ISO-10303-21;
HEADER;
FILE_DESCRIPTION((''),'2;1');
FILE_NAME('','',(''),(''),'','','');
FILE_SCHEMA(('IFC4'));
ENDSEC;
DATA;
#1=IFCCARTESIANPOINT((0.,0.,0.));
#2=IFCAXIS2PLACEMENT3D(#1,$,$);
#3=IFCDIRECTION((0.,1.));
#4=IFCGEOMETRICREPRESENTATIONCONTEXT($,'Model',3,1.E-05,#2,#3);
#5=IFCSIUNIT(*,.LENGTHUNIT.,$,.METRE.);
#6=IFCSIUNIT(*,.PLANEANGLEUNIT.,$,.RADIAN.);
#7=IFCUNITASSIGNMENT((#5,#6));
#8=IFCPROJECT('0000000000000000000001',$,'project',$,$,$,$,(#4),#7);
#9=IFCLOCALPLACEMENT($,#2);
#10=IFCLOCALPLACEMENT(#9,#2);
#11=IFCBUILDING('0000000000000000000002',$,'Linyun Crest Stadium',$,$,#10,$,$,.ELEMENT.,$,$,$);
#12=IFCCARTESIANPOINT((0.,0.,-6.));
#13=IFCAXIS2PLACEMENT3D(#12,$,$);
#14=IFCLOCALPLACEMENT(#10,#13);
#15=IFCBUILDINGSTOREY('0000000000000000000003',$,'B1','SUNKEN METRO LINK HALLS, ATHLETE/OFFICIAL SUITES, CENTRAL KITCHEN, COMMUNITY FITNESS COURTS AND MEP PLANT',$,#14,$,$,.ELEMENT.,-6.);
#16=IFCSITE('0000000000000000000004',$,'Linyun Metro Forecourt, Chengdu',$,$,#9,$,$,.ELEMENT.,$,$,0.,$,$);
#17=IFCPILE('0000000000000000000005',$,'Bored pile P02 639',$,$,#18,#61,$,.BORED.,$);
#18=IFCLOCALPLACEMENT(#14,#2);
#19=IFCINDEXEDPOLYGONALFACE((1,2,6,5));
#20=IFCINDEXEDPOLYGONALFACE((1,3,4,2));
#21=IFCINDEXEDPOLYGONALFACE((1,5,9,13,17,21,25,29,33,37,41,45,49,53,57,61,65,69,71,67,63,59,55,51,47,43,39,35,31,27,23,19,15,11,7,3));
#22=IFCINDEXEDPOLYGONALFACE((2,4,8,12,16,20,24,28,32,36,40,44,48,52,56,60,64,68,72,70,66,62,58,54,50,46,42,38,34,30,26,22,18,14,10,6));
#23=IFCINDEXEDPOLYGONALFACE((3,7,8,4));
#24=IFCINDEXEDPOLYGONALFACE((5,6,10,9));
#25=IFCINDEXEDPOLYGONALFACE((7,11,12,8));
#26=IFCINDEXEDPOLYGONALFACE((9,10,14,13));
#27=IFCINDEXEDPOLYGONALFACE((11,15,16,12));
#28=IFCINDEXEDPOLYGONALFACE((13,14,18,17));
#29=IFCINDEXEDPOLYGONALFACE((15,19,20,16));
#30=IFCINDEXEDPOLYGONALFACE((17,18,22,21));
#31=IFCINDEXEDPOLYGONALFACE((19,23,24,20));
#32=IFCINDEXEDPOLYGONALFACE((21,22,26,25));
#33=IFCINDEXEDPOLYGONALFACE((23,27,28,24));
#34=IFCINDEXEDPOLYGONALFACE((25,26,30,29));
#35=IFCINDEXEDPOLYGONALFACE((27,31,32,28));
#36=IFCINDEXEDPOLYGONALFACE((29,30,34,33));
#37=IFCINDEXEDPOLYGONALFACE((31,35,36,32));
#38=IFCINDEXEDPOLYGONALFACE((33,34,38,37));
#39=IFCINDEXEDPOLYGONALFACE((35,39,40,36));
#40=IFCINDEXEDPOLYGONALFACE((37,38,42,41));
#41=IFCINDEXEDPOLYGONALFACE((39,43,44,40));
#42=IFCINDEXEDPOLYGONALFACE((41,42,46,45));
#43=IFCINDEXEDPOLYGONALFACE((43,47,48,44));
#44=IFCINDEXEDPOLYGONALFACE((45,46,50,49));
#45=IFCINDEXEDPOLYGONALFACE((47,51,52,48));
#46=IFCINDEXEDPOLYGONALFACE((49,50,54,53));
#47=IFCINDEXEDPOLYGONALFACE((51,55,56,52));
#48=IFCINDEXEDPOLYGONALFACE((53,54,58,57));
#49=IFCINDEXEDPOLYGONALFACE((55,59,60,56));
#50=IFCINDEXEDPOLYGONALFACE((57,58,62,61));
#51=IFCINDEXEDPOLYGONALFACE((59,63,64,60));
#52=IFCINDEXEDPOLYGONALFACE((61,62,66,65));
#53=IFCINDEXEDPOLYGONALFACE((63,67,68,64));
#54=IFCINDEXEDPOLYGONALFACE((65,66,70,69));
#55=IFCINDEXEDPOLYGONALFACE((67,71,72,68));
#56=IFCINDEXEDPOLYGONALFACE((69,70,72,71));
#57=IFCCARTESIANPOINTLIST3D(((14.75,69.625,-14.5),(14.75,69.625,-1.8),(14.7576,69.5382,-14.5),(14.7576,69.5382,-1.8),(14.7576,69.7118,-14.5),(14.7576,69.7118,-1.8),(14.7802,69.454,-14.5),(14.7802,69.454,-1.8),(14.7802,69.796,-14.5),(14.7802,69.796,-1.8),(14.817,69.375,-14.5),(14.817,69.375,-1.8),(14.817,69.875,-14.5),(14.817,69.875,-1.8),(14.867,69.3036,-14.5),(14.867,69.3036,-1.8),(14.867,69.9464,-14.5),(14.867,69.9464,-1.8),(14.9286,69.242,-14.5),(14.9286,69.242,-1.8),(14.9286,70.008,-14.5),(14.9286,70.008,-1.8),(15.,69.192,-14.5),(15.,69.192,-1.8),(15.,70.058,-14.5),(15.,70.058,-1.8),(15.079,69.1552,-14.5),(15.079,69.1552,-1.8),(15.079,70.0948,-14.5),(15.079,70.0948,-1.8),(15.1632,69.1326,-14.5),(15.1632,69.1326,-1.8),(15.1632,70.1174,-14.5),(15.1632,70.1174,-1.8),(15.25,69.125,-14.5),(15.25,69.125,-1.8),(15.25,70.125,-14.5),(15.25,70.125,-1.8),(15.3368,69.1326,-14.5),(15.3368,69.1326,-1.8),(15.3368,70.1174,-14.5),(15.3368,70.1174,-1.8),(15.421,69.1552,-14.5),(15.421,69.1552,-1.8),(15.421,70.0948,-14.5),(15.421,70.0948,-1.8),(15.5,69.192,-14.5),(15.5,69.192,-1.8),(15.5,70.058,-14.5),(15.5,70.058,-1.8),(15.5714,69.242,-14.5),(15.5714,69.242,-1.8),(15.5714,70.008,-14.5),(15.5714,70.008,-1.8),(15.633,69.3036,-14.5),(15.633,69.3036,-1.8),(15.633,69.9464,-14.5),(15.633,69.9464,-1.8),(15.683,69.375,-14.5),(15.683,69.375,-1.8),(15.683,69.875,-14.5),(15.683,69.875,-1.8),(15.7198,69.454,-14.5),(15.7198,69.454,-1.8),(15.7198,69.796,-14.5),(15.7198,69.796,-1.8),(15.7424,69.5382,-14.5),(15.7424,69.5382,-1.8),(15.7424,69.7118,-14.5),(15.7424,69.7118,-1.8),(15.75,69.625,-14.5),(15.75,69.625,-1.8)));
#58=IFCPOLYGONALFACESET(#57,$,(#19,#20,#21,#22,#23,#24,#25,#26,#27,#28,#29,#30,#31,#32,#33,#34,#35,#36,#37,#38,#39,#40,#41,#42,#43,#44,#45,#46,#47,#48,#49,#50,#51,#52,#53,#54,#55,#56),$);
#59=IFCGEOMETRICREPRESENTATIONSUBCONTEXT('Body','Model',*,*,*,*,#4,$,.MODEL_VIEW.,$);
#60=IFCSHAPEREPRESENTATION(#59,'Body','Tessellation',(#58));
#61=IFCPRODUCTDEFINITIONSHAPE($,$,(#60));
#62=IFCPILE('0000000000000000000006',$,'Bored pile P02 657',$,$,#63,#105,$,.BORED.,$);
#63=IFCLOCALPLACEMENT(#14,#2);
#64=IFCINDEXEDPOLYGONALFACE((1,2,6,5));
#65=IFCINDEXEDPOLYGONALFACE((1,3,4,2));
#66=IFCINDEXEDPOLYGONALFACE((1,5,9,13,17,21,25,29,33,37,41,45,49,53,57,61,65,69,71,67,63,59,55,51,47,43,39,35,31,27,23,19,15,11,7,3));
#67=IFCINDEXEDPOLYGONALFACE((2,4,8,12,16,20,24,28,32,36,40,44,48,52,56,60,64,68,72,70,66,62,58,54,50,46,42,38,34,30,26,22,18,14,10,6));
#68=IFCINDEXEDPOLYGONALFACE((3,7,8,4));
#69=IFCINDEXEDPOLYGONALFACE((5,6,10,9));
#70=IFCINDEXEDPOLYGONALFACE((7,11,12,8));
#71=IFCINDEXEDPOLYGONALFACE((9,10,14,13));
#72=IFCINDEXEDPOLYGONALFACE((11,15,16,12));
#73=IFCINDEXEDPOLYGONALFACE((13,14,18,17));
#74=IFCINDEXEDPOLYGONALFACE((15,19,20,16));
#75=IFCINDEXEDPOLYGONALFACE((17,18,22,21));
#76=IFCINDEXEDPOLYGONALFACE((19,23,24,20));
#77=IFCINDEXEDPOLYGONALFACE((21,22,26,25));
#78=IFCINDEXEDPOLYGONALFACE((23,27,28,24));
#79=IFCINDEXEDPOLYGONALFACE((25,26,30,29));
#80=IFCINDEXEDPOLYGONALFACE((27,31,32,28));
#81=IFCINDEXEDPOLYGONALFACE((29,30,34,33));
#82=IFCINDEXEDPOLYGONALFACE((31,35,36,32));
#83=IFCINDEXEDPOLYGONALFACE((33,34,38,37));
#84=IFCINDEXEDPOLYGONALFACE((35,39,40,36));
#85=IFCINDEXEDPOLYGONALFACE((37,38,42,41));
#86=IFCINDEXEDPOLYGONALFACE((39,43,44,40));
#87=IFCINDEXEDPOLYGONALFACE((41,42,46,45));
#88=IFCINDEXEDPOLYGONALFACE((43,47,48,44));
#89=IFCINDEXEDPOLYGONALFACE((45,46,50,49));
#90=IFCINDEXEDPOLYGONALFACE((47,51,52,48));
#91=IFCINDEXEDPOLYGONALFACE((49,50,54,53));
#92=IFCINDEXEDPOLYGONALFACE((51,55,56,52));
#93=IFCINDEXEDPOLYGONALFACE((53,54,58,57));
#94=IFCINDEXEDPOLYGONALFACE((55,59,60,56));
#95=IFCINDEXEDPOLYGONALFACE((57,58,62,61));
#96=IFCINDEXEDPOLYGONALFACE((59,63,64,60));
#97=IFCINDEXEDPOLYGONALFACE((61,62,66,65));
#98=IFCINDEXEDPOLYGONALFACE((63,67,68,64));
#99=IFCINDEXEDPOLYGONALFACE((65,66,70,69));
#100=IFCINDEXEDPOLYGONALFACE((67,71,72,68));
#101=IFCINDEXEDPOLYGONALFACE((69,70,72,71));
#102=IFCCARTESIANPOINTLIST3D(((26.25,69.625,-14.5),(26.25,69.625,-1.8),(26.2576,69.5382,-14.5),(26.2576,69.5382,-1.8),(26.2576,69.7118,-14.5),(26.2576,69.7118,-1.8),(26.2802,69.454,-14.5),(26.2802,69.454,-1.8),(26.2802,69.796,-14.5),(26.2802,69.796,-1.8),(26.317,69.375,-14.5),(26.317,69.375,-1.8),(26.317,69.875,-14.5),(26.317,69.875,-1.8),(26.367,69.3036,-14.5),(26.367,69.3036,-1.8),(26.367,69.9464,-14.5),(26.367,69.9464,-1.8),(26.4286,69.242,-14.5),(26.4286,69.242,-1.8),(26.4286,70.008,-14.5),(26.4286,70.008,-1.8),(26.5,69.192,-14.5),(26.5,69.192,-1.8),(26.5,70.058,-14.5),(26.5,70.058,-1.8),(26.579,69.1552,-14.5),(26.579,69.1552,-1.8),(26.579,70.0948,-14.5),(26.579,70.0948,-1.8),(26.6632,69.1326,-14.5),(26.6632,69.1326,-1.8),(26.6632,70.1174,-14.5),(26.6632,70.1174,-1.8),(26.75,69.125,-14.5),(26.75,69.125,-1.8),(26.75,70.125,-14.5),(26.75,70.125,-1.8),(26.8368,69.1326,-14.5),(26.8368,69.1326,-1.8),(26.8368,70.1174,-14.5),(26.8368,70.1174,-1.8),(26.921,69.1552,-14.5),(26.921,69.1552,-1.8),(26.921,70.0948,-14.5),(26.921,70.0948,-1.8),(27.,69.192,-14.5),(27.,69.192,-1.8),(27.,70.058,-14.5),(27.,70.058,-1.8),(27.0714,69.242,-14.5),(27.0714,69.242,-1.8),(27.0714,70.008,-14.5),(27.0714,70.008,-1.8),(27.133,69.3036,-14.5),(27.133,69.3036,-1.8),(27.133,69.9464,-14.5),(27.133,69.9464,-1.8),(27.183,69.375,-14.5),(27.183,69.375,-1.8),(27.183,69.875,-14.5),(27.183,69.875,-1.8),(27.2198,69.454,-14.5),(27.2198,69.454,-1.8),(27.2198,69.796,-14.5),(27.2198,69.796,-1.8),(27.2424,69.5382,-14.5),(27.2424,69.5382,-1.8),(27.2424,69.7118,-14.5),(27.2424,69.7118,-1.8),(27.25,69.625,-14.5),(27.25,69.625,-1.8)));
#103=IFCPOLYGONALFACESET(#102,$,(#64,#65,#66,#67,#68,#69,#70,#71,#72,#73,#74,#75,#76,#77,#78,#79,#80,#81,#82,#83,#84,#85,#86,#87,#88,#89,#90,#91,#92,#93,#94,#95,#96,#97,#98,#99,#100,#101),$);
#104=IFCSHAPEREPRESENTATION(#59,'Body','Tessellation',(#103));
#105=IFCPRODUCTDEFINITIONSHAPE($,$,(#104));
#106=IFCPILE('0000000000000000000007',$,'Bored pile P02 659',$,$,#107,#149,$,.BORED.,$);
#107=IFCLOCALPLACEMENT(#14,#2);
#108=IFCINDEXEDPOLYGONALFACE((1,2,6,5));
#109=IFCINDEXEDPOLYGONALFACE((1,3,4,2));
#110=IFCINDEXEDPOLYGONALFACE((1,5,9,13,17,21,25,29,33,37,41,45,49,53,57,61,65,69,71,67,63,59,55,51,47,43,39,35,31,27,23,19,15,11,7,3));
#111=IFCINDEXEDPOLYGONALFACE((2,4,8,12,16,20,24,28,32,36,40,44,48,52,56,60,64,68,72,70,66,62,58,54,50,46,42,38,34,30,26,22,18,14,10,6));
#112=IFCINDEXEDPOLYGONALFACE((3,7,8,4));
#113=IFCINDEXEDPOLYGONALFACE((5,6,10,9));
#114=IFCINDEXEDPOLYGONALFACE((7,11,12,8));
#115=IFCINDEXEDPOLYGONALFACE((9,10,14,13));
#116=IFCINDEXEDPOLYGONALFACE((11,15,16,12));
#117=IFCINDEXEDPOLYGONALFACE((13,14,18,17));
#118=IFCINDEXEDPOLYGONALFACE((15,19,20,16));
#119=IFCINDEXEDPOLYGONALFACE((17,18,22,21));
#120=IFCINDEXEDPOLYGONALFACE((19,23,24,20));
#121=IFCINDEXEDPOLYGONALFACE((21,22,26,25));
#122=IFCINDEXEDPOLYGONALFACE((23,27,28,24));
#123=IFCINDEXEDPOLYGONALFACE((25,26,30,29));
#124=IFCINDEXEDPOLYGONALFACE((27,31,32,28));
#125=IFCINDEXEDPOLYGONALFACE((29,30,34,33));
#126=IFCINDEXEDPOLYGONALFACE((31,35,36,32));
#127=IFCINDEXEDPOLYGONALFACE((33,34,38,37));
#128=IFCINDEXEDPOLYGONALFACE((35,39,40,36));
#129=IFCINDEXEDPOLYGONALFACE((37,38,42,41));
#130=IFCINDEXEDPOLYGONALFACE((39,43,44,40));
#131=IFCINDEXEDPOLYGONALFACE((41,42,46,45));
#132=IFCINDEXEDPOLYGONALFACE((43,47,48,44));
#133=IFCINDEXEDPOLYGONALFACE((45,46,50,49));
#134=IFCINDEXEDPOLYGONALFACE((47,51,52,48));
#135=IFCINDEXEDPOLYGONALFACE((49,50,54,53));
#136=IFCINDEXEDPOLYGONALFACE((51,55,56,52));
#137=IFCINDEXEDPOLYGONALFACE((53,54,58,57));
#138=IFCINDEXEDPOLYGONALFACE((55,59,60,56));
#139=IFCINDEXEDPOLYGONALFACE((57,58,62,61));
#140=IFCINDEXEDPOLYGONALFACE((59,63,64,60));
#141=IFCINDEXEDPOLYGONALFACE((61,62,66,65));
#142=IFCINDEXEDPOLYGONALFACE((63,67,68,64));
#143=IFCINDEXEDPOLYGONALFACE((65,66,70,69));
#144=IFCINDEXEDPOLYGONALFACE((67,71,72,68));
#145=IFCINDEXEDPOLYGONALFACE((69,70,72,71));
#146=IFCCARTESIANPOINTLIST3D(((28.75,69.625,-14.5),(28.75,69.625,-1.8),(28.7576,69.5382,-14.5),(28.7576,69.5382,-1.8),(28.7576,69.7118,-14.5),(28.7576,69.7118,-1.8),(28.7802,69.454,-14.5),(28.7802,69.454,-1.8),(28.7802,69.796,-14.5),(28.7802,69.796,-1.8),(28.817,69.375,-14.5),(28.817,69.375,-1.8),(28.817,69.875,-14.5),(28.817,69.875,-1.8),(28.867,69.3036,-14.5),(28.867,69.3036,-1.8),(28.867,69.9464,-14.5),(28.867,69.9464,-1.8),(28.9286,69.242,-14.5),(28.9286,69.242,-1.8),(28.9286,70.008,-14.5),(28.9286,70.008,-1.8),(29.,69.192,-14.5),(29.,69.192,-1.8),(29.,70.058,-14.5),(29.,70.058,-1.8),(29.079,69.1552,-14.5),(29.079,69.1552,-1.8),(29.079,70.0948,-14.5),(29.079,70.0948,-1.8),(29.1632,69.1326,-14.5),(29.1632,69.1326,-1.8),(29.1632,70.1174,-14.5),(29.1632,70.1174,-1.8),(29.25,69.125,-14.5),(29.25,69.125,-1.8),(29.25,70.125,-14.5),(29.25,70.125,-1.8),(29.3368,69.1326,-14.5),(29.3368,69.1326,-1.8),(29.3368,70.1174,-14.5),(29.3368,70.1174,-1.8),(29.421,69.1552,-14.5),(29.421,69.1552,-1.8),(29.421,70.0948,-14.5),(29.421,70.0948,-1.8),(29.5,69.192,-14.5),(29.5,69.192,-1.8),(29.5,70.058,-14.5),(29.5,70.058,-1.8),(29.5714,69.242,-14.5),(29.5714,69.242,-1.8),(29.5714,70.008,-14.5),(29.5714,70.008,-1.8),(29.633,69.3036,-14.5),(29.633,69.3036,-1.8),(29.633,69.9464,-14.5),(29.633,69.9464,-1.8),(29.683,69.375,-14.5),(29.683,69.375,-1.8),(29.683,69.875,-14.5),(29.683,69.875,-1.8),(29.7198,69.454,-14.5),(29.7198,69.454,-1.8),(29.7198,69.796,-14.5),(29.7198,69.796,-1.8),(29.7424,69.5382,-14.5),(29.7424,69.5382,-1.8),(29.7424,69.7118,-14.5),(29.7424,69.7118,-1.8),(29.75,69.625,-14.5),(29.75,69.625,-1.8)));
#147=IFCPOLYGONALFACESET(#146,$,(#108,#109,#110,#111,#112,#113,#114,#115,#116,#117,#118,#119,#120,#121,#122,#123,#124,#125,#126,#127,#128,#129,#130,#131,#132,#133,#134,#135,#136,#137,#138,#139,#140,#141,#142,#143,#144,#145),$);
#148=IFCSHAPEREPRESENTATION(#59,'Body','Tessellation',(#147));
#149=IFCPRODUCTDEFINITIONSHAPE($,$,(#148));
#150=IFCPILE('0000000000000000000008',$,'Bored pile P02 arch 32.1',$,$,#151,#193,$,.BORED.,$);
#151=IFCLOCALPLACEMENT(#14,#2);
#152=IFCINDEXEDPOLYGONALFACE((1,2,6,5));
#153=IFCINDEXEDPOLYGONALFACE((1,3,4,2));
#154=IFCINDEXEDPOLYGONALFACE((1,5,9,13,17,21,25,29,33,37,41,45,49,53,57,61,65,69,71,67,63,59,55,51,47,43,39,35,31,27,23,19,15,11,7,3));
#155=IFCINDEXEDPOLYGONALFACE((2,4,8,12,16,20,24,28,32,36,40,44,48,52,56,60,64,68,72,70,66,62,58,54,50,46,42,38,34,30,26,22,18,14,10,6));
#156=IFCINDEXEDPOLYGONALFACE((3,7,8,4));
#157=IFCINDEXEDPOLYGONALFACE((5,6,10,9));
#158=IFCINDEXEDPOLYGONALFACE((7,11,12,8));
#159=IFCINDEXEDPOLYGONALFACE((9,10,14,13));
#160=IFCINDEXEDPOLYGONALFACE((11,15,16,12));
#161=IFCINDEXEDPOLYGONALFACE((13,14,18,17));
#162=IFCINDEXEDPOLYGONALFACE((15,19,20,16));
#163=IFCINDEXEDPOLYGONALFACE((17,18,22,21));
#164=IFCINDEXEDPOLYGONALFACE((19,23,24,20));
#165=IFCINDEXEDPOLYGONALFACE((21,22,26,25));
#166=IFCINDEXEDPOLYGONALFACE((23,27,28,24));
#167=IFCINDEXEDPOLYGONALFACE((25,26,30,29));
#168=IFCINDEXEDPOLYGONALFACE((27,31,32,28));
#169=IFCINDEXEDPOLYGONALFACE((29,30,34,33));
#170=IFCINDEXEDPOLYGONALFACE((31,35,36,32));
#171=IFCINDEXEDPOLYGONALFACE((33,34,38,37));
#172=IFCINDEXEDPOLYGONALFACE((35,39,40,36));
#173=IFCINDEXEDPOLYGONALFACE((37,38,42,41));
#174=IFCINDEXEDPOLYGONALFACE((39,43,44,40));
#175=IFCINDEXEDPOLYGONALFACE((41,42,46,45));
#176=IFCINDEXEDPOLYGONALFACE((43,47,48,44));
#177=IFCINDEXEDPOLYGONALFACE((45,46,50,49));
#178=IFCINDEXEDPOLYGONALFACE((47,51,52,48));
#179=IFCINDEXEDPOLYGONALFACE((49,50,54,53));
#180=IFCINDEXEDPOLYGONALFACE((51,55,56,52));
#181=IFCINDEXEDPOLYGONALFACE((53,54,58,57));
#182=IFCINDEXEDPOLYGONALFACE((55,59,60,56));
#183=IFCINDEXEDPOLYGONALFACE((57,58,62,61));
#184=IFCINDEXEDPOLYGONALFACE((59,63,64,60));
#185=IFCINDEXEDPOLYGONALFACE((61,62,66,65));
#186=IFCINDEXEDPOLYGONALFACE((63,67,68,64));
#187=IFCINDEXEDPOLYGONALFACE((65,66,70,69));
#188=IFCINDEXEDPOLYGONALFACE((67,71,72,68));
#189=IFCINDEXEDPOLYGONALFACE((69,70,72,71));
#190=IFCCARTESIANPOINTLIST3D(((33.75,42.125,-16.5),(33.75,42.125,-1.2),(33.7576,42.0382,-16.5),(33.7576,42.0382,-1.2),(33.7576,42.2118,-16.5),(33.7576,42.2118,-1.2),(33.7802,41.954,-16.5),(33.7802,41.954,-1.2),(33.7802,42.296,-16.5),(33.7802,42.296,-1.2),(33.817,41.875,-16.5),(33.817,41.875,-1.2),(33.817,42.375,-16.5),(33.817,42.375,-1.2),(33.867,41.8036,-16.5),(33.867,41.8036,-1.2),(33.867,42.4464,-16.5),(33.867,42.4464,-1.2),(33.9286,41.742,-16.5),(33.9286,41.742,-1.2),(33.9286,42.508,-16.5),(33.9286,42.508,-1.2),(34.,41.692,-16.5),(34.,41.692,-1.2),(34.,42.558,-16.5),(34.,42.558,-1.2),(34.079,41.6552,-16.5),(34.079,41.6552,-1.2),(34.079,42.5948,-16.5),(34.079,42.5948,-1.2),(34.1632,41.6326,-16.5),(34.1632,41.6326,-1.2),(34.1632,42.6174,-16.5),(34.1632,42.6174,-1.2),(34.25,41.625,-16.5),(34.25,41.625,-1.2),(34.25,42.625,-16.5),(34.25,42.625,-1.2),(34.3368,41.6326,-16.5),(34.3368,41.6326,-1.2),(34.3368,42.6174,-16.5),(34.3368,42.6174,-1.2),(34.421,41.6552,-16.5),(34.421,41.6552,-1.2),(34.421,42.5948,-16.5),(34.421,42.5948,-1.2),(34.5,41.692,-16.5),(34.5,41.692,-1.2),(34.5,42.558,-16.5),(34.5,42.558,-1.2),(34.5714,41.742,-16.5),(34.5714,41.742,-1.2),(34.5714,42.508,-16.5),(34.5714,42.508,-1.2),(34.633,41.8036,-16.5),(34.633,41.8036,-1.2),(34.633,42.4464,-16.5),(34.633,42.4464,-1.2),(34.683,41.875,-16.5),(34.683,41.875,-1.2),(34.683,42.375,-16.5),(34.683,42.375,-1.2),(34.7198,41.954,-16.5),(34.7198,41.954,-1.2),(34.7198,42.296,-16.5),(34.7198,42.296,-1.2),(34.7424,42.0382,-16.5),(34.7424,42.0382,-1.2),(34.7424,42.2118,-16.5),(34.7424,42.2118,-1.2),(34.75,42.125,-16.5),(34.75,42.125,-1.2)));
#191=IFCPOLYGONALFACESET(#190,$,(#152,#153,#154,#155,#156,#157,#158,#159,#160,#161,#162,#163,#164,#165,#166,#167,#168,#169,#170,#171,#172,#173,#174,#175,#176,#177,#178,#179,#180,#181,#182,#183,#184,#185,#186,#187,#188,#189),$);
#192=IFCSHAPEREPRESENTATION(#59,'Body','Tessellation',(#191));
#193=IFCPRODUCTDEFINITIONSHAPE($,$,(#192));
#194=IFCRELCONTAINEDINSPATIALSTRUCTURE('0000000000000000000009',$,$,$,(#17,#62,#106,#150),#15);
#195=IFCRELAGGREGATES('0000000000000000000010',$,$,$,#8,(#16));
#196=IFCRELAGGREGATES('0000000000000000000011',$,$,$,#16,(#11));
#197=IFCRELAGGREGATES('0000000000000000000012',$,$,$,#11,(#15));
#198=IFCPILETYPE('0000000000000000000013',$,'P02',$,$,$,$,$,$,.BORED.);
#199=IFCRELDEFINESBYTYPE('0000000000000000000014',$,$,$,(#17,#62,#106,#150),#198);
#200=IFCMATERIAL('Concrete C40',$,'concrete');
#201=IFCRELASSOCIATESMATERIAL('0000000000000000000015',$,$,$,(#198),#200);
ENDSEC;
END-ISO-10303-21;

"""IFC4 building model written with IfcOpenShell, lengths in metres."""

from ifc_helpers import new_model, si_unit, direction, frame, origin, origin_2d, place, context, subcontext, project, spatial, circle, extrude, material, material_profile, profile_set, type_object, element, save


model = new_model("IFC4")

# Units and contexts
model_context = context("Model", 3, precision=1e-05, world=origin(), true_north=direction((0.0, 1.0)))
body_context = subcontext(model_context, "Body", "Model", "MODEL_VIEW")
ifc_project = project(units=[si_unit("LENGTHUNIT", "METRE"), si_unit("PLANEANGLEUNIT", "RADIAN")], contexts=[model_context])

# Site, building, storey
site_placement = place(None, origin())
site = spatial("IfcSite", under=ifc_project, at=site_placement, Name="Linyun Metro Forecourt, Chengdu", CompositionType="ELEMENT", RefElevation=0.0)
building_placement = place(site_placement, origin())
building = spatial("IfcBuilding", under=site, at=building_placement, Name="Linyun Crest Stadium", CompositionType="ELEMENT")
storey_placement = place(building_placement, frame((0.0, 0.0, -6.0)))
storey = spatial("IfcBuildingStorey", under=building, at=storey_placement, Name="B1", Description="SUNKEN METRO LINK HALLS, ATHLETE/OFFICIAL SUITES, CENTRAL KITCHEN, COMMUNITY FITNESS COURTS AND MEP PLANT", CompositionType="ELEMENT", Elevation=-6.0)

# Piles
ifc_material_1 = material(Name="Concrete C40", Category="concrete")
ifc_material_profile_1 = material_profile(ifc_material_1, circle(Radius=0.5, at=origin_2d()), Name="BORED PILE 1000")
ifc_profile_set_1 = profile_set([ifc_material_profile_1], Name="Concrete C40")
pile_type_1 = type_object("IfcPileType", Name="P02", PredefinedType="BORED", material=ifc_profile_set_1)
for number, where, z_axis, x_axis, name in (
    (1, (15.25, 69.625, -1.8), (0.0, 0.0, -1.0), (1.0, 0.0, 0.0), "Bored pile P02 639"),
    (2, (26.75, 69.625, -1.8), (0.0, 0.0, -1.0), (1.0, 0.0, 0.0), "Bored pile P02 657"),
    (3, (29.25, 69.625, -1.8), (0.0, 0.0, -1.0), (1.0, 0.0, 0.0), "Bored pile P02 659"),
):
    element("IfcPile", number, at=place(storey_placement, frame(where, z_axis=z_axis, x_axis=x_axis)), inside=storey, type_object=pile_type_1, Name=name, PredefinedType="BORED", context=body_context, shape_type="SweptSolid", body=[
        extrude(circle(Radius=0.5, at=origin_2d()), origin(), (0.0, 0.0, 1.0), 12.7),
    ])
for number, where, z_axis, x_axis, name in (
    (4, (34.25, 42.125, -1.2), (0.0, 0.0, -1.0), (1.0, 0.0, 0.0), "Bored pile P02 arch 32.1"),
):
    element("IfcPile", number, at=place(storey_placement, frame(where, z_axis=z_axis, x_axis=x_axis)), inside=storey, type_object=pile_type_1, Name=name, PredefinedType="BORED", context=body_context, shape_type="SweptSolid", body=[
        extrude(circle(Radius=0.5, at=origin_2d()), origin(), (0.0, 0.0, 1.0), 15.3),
    ])

save(model, "model.ifc")
